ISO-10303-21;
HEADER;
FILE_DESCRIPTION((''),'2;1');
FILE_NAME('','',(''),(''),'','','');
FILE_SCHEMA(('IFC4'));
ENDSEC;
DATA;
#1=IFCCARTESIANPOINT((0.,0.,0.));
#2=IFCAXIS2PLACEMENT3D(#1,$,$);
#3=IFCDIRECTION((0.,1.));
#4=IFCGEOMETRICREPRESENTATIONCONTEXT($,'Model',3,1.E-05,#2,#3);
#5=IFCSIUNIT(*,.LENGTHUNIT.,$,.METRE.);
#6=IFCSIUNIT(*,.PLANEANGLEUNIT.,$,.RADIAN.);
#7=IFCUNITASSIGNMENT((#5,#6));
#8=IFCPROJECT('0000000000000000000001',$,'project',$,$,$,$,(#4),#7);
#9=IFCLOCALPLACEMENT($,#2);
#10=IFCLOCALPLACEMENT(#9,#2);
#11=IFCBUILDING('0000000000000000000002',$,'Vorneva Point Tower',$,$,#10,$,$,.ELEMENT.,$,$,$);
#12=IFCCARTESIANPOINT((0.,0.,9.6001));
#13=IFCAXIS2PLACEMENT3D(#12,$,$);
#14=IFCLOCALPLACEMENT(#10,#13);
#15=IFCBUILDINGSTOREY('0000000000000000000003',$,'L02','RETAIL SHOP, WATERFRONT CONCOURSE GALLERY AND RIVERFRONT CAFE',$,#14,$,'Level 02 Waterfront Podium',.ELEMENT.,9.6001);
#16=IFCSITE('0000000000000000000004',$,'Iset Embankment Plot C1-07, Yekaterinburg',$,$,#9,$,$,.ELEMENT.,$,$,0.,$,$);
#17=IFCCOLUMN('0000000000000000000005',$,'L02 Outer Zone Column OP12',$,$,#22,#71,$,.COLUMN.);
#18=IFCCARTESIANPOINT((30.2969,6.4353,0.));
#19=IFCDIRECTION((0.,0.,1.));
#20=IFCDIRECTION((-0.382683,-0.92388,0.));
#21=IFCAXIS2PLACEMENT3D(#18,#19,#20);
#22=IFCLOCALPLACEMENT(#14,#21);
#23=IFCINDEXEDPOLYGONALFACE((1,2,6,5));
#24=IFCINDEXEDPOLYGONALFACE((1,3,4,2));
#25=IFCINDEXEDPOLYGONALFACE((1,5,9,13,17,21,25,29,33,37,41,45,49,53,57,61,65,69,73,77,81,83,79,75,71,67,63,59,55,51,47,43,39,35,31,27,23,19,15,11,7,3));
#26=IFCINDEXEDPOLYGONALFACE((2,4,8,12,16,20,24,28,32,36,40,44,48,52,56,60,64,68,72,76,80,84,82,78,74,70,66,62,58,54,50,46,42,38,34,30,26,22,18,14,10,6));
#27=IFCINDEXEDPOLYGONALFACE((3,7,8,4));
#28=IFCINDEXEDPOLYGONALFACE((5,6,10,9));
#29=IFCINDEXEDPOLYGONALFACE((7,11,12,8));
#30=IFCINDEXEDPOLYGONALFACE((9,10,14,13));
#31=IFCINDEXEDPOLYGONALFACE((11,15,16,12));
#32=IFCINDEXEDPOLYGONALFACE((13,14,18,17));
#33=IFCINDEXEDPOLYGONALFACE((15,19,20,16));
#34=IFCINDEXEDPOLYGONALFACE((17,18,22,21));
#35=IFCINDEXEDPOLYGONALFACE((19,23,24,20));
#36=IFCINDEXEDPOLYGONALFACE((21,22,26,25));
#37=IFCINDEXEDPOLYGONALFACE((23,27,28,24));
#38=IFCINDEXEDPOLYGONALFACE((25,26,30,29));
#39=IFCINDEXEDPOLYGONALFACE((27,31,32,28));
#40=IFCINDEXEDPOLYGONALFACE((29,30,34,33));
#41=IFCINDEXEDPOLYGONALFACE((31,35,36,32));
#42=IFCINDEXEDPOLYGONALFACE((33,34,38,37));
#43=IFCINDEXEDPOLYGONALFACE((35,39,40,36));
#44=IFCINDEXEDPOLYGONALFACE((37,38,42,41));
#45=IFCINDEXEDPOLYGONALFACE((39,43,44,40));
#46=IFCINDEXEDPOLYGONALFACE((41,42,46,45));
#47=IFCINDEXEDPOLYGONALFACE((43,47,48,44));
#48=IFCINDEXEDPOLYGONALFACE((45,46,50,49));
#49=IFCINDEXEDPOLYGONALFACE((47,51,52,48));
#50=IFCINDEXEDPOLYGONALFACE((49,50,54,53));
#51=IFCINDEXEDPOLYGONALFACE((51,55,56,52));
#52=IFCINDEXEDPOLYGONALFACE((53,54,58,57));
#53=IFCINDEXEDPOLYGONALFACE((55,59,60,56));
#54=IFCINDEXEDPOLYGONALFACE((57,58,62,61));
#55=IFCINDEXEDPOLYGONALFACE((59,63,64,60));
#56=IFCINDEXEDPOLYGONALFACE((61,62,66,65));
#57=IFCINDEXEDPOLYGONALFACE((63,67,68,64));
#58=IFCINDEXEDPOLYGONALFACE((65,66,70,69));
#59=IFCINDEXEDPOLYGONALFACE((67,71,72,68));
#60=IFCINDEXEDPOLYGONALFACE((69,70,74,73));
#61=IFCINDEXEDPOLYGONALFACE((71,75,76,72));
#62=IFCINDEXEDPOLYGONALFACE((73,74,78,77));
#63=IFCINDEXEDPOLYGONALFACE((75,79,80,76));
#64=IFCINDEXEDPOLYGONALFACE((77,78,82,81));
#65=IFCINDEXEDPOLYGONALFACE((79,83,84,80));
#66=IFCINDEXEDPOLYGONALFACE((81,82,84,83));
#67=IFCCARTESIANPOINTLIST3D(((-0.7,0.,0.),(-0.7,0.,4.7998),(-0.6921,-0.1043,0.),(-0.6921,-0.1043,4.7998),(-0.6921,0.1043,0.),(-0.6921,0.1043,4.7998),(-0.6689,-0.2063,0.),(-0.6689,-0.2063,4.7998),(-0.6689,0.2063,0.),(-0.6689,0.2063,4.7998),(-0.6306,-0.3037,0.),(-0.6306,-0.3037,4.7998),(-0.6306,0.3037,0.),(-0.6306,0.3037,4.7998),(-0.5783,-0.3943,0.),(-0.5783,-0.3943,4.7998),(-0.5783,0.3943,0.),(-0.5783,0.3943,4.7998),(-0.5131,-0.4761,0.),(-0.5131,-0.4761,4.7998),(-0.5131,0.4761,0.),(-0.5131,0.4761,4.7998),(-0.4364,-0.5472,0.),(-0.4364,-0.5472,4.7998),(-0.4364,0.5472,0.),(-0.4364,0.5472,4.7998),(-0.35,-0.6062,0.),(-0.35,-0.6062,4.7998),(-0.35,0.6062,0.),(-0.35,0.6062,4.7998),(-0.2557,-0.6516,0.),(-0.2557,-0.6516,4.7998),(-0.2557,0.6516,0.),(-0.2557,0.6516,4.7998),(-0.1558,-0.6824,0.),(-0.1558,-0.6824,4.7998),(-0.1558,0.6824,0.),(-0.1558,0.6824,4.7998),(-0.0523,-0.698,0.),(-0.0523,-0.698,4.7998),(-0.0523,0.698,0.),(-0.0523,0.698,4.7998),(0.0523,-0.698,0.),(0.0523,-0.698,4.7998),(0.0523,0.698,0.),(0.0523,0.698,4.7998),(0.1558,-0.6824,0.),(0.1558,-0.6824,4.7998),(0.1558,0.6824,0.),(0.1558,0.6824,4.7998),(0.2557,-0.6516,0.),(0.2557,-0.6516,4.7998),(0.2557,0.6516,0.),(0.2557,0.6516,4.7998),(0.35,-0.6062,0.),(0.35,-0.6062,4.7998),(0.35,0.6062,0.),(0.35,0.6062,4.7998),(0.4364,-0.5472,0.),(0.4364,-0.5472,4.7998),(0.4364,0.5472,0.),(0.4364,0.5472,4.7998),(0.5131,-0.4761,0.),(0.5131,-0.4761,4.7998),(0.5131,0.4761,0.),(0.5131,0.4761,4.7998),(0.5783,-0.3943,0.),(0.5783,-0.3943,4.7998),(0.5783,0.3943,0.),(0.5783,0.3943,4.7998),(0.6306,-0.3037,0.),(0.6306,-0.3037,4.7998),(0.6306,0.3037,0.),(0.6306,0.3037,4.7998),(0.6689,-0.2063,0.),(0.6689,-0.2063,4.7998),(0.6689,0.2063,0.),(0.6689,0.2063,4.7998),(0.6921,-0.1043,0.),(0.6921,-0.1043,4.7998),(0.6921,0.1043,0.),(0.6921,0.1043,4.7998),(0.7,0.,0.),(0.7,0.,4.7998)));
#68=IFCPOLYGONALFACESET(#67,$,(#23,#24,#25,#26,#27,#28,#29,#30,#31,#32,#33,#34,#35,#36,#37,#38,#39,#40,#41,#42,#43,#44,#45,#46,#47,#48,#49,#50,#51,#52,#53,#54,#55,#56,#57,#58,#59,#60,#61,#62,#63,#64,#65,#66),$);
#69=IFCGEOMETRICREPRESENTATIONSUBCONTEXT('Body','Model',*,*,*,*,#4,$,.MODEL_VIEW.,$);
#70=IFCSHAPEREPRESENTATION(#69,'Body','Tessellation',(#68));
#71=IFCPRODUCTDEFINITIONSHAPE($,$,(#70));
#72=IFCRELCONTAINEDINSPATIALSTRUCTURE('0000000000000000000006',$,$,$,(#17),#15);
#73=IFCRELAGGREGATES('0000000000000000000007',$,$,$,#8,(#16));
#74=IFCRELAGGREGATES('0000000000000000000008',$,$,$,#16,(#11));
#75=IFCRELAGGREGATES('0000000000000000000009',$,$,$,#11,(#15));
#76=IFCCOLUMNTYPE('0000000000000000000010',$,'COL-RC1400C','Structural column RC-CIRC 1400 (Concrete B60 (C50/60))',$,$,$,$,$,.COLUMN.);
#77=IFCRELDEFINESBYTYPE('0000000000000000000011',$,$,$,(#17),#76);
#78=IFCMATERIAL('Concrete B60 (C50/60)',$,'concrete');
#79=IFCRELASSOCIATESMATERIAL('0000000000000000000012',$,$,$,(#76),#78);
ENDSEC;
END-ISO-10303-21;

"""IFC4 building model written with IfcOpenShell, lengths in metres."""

from ifc_helpers import new_model, si_unit, direction, frame, origin, origin_2d, place, context, subcontext, project, spatial, circle, extrude, material, material_profile, profile_set, type_object, element, save


model = new_model("IFC4")

# Units and contexts
model_context = context("Model", 3, precision=1e-05, world=origin(), true_north=direction((0.0, 1.0)))
body_context = subcontext(model_context, "Body", "Model", "MODEL_VIEW")
ifc_project = project(units=[si_unit("LENGTHUNIT", "METRE"), si_unit("PLANEANGLEUNIT", "RADIAN")], contexts=[model_context])

# Site, building, storey
site_placement = place(None, origin())
site = spatial("IfcSite", under=ifc_project, at=site_placement, Name="Iset Embankment Plot C1-07, Yekaterinburg", CompositionType="ELEMENT", RefElevation=0.0)
building_placement = place(site_placement, origin())
building = spatial("IfcBuilding", under=site, at=building_placement, Name="Vorneva Point Tower", CompositionType="ELEMENT")
storey_placement = place(building_placement, frame((0.0, 0.0, 9.6001)))
storey = spatial("IfcBuildingStorey", under=building, at=storey_placement, Name="L02", Description="RETAIL SHOP, WATERFRONT CONCOURSE GALLERY AND RIVERFRONT CAFE", LongName="Level 02 Waterfront Podium", CompositionType="ELEMENT", Elevation=9.6001)

# Column
ifc_material_1 = material(Name="Concrete B60 (C50/60)", Category="concrete")
ifc_material_profile_1 = material_profile(ifc_material_1, circle(Radius=0.7, at=origin_2d()), Name="RC-CIRC 1400")
ifc_profile_set_1 = profile_set([ifc_material_profile_1], Name="Concrete B60 (C50/60)")
column_type_1 = type_object("IfcColumnType", Name="COL-RC1400C", Description="Structural column RC-CIRC 1400 (Concrete B60 (C50/60))", PredefinedType="COLUMN", material=ifc_profile_set_1)
for number, where, z_axis, x_axis, name in (
    (1, (30.2969, 6.4353, 0.0), (0.0, 0.0, 1.0), (-0.382683, -0.92388, 0.0), "L02 Outer Zone Column OP12"),
):
    element("IfcColumn", number, at=place(storey_placement, frame(where, z_axis=z_axis, x_axis=x_axis)), inside=storey, type_object=column_type_1, Name=name, PredefinedType="COLUMN", context=body_context, shape_type="SweptSolid", body=[
        extrude(circle(Radius=0.7, at=origin_2d()), origin(), (0.0, 0.0, 1.0), 4.7998),
    ])

save(model, "model.ifc")
